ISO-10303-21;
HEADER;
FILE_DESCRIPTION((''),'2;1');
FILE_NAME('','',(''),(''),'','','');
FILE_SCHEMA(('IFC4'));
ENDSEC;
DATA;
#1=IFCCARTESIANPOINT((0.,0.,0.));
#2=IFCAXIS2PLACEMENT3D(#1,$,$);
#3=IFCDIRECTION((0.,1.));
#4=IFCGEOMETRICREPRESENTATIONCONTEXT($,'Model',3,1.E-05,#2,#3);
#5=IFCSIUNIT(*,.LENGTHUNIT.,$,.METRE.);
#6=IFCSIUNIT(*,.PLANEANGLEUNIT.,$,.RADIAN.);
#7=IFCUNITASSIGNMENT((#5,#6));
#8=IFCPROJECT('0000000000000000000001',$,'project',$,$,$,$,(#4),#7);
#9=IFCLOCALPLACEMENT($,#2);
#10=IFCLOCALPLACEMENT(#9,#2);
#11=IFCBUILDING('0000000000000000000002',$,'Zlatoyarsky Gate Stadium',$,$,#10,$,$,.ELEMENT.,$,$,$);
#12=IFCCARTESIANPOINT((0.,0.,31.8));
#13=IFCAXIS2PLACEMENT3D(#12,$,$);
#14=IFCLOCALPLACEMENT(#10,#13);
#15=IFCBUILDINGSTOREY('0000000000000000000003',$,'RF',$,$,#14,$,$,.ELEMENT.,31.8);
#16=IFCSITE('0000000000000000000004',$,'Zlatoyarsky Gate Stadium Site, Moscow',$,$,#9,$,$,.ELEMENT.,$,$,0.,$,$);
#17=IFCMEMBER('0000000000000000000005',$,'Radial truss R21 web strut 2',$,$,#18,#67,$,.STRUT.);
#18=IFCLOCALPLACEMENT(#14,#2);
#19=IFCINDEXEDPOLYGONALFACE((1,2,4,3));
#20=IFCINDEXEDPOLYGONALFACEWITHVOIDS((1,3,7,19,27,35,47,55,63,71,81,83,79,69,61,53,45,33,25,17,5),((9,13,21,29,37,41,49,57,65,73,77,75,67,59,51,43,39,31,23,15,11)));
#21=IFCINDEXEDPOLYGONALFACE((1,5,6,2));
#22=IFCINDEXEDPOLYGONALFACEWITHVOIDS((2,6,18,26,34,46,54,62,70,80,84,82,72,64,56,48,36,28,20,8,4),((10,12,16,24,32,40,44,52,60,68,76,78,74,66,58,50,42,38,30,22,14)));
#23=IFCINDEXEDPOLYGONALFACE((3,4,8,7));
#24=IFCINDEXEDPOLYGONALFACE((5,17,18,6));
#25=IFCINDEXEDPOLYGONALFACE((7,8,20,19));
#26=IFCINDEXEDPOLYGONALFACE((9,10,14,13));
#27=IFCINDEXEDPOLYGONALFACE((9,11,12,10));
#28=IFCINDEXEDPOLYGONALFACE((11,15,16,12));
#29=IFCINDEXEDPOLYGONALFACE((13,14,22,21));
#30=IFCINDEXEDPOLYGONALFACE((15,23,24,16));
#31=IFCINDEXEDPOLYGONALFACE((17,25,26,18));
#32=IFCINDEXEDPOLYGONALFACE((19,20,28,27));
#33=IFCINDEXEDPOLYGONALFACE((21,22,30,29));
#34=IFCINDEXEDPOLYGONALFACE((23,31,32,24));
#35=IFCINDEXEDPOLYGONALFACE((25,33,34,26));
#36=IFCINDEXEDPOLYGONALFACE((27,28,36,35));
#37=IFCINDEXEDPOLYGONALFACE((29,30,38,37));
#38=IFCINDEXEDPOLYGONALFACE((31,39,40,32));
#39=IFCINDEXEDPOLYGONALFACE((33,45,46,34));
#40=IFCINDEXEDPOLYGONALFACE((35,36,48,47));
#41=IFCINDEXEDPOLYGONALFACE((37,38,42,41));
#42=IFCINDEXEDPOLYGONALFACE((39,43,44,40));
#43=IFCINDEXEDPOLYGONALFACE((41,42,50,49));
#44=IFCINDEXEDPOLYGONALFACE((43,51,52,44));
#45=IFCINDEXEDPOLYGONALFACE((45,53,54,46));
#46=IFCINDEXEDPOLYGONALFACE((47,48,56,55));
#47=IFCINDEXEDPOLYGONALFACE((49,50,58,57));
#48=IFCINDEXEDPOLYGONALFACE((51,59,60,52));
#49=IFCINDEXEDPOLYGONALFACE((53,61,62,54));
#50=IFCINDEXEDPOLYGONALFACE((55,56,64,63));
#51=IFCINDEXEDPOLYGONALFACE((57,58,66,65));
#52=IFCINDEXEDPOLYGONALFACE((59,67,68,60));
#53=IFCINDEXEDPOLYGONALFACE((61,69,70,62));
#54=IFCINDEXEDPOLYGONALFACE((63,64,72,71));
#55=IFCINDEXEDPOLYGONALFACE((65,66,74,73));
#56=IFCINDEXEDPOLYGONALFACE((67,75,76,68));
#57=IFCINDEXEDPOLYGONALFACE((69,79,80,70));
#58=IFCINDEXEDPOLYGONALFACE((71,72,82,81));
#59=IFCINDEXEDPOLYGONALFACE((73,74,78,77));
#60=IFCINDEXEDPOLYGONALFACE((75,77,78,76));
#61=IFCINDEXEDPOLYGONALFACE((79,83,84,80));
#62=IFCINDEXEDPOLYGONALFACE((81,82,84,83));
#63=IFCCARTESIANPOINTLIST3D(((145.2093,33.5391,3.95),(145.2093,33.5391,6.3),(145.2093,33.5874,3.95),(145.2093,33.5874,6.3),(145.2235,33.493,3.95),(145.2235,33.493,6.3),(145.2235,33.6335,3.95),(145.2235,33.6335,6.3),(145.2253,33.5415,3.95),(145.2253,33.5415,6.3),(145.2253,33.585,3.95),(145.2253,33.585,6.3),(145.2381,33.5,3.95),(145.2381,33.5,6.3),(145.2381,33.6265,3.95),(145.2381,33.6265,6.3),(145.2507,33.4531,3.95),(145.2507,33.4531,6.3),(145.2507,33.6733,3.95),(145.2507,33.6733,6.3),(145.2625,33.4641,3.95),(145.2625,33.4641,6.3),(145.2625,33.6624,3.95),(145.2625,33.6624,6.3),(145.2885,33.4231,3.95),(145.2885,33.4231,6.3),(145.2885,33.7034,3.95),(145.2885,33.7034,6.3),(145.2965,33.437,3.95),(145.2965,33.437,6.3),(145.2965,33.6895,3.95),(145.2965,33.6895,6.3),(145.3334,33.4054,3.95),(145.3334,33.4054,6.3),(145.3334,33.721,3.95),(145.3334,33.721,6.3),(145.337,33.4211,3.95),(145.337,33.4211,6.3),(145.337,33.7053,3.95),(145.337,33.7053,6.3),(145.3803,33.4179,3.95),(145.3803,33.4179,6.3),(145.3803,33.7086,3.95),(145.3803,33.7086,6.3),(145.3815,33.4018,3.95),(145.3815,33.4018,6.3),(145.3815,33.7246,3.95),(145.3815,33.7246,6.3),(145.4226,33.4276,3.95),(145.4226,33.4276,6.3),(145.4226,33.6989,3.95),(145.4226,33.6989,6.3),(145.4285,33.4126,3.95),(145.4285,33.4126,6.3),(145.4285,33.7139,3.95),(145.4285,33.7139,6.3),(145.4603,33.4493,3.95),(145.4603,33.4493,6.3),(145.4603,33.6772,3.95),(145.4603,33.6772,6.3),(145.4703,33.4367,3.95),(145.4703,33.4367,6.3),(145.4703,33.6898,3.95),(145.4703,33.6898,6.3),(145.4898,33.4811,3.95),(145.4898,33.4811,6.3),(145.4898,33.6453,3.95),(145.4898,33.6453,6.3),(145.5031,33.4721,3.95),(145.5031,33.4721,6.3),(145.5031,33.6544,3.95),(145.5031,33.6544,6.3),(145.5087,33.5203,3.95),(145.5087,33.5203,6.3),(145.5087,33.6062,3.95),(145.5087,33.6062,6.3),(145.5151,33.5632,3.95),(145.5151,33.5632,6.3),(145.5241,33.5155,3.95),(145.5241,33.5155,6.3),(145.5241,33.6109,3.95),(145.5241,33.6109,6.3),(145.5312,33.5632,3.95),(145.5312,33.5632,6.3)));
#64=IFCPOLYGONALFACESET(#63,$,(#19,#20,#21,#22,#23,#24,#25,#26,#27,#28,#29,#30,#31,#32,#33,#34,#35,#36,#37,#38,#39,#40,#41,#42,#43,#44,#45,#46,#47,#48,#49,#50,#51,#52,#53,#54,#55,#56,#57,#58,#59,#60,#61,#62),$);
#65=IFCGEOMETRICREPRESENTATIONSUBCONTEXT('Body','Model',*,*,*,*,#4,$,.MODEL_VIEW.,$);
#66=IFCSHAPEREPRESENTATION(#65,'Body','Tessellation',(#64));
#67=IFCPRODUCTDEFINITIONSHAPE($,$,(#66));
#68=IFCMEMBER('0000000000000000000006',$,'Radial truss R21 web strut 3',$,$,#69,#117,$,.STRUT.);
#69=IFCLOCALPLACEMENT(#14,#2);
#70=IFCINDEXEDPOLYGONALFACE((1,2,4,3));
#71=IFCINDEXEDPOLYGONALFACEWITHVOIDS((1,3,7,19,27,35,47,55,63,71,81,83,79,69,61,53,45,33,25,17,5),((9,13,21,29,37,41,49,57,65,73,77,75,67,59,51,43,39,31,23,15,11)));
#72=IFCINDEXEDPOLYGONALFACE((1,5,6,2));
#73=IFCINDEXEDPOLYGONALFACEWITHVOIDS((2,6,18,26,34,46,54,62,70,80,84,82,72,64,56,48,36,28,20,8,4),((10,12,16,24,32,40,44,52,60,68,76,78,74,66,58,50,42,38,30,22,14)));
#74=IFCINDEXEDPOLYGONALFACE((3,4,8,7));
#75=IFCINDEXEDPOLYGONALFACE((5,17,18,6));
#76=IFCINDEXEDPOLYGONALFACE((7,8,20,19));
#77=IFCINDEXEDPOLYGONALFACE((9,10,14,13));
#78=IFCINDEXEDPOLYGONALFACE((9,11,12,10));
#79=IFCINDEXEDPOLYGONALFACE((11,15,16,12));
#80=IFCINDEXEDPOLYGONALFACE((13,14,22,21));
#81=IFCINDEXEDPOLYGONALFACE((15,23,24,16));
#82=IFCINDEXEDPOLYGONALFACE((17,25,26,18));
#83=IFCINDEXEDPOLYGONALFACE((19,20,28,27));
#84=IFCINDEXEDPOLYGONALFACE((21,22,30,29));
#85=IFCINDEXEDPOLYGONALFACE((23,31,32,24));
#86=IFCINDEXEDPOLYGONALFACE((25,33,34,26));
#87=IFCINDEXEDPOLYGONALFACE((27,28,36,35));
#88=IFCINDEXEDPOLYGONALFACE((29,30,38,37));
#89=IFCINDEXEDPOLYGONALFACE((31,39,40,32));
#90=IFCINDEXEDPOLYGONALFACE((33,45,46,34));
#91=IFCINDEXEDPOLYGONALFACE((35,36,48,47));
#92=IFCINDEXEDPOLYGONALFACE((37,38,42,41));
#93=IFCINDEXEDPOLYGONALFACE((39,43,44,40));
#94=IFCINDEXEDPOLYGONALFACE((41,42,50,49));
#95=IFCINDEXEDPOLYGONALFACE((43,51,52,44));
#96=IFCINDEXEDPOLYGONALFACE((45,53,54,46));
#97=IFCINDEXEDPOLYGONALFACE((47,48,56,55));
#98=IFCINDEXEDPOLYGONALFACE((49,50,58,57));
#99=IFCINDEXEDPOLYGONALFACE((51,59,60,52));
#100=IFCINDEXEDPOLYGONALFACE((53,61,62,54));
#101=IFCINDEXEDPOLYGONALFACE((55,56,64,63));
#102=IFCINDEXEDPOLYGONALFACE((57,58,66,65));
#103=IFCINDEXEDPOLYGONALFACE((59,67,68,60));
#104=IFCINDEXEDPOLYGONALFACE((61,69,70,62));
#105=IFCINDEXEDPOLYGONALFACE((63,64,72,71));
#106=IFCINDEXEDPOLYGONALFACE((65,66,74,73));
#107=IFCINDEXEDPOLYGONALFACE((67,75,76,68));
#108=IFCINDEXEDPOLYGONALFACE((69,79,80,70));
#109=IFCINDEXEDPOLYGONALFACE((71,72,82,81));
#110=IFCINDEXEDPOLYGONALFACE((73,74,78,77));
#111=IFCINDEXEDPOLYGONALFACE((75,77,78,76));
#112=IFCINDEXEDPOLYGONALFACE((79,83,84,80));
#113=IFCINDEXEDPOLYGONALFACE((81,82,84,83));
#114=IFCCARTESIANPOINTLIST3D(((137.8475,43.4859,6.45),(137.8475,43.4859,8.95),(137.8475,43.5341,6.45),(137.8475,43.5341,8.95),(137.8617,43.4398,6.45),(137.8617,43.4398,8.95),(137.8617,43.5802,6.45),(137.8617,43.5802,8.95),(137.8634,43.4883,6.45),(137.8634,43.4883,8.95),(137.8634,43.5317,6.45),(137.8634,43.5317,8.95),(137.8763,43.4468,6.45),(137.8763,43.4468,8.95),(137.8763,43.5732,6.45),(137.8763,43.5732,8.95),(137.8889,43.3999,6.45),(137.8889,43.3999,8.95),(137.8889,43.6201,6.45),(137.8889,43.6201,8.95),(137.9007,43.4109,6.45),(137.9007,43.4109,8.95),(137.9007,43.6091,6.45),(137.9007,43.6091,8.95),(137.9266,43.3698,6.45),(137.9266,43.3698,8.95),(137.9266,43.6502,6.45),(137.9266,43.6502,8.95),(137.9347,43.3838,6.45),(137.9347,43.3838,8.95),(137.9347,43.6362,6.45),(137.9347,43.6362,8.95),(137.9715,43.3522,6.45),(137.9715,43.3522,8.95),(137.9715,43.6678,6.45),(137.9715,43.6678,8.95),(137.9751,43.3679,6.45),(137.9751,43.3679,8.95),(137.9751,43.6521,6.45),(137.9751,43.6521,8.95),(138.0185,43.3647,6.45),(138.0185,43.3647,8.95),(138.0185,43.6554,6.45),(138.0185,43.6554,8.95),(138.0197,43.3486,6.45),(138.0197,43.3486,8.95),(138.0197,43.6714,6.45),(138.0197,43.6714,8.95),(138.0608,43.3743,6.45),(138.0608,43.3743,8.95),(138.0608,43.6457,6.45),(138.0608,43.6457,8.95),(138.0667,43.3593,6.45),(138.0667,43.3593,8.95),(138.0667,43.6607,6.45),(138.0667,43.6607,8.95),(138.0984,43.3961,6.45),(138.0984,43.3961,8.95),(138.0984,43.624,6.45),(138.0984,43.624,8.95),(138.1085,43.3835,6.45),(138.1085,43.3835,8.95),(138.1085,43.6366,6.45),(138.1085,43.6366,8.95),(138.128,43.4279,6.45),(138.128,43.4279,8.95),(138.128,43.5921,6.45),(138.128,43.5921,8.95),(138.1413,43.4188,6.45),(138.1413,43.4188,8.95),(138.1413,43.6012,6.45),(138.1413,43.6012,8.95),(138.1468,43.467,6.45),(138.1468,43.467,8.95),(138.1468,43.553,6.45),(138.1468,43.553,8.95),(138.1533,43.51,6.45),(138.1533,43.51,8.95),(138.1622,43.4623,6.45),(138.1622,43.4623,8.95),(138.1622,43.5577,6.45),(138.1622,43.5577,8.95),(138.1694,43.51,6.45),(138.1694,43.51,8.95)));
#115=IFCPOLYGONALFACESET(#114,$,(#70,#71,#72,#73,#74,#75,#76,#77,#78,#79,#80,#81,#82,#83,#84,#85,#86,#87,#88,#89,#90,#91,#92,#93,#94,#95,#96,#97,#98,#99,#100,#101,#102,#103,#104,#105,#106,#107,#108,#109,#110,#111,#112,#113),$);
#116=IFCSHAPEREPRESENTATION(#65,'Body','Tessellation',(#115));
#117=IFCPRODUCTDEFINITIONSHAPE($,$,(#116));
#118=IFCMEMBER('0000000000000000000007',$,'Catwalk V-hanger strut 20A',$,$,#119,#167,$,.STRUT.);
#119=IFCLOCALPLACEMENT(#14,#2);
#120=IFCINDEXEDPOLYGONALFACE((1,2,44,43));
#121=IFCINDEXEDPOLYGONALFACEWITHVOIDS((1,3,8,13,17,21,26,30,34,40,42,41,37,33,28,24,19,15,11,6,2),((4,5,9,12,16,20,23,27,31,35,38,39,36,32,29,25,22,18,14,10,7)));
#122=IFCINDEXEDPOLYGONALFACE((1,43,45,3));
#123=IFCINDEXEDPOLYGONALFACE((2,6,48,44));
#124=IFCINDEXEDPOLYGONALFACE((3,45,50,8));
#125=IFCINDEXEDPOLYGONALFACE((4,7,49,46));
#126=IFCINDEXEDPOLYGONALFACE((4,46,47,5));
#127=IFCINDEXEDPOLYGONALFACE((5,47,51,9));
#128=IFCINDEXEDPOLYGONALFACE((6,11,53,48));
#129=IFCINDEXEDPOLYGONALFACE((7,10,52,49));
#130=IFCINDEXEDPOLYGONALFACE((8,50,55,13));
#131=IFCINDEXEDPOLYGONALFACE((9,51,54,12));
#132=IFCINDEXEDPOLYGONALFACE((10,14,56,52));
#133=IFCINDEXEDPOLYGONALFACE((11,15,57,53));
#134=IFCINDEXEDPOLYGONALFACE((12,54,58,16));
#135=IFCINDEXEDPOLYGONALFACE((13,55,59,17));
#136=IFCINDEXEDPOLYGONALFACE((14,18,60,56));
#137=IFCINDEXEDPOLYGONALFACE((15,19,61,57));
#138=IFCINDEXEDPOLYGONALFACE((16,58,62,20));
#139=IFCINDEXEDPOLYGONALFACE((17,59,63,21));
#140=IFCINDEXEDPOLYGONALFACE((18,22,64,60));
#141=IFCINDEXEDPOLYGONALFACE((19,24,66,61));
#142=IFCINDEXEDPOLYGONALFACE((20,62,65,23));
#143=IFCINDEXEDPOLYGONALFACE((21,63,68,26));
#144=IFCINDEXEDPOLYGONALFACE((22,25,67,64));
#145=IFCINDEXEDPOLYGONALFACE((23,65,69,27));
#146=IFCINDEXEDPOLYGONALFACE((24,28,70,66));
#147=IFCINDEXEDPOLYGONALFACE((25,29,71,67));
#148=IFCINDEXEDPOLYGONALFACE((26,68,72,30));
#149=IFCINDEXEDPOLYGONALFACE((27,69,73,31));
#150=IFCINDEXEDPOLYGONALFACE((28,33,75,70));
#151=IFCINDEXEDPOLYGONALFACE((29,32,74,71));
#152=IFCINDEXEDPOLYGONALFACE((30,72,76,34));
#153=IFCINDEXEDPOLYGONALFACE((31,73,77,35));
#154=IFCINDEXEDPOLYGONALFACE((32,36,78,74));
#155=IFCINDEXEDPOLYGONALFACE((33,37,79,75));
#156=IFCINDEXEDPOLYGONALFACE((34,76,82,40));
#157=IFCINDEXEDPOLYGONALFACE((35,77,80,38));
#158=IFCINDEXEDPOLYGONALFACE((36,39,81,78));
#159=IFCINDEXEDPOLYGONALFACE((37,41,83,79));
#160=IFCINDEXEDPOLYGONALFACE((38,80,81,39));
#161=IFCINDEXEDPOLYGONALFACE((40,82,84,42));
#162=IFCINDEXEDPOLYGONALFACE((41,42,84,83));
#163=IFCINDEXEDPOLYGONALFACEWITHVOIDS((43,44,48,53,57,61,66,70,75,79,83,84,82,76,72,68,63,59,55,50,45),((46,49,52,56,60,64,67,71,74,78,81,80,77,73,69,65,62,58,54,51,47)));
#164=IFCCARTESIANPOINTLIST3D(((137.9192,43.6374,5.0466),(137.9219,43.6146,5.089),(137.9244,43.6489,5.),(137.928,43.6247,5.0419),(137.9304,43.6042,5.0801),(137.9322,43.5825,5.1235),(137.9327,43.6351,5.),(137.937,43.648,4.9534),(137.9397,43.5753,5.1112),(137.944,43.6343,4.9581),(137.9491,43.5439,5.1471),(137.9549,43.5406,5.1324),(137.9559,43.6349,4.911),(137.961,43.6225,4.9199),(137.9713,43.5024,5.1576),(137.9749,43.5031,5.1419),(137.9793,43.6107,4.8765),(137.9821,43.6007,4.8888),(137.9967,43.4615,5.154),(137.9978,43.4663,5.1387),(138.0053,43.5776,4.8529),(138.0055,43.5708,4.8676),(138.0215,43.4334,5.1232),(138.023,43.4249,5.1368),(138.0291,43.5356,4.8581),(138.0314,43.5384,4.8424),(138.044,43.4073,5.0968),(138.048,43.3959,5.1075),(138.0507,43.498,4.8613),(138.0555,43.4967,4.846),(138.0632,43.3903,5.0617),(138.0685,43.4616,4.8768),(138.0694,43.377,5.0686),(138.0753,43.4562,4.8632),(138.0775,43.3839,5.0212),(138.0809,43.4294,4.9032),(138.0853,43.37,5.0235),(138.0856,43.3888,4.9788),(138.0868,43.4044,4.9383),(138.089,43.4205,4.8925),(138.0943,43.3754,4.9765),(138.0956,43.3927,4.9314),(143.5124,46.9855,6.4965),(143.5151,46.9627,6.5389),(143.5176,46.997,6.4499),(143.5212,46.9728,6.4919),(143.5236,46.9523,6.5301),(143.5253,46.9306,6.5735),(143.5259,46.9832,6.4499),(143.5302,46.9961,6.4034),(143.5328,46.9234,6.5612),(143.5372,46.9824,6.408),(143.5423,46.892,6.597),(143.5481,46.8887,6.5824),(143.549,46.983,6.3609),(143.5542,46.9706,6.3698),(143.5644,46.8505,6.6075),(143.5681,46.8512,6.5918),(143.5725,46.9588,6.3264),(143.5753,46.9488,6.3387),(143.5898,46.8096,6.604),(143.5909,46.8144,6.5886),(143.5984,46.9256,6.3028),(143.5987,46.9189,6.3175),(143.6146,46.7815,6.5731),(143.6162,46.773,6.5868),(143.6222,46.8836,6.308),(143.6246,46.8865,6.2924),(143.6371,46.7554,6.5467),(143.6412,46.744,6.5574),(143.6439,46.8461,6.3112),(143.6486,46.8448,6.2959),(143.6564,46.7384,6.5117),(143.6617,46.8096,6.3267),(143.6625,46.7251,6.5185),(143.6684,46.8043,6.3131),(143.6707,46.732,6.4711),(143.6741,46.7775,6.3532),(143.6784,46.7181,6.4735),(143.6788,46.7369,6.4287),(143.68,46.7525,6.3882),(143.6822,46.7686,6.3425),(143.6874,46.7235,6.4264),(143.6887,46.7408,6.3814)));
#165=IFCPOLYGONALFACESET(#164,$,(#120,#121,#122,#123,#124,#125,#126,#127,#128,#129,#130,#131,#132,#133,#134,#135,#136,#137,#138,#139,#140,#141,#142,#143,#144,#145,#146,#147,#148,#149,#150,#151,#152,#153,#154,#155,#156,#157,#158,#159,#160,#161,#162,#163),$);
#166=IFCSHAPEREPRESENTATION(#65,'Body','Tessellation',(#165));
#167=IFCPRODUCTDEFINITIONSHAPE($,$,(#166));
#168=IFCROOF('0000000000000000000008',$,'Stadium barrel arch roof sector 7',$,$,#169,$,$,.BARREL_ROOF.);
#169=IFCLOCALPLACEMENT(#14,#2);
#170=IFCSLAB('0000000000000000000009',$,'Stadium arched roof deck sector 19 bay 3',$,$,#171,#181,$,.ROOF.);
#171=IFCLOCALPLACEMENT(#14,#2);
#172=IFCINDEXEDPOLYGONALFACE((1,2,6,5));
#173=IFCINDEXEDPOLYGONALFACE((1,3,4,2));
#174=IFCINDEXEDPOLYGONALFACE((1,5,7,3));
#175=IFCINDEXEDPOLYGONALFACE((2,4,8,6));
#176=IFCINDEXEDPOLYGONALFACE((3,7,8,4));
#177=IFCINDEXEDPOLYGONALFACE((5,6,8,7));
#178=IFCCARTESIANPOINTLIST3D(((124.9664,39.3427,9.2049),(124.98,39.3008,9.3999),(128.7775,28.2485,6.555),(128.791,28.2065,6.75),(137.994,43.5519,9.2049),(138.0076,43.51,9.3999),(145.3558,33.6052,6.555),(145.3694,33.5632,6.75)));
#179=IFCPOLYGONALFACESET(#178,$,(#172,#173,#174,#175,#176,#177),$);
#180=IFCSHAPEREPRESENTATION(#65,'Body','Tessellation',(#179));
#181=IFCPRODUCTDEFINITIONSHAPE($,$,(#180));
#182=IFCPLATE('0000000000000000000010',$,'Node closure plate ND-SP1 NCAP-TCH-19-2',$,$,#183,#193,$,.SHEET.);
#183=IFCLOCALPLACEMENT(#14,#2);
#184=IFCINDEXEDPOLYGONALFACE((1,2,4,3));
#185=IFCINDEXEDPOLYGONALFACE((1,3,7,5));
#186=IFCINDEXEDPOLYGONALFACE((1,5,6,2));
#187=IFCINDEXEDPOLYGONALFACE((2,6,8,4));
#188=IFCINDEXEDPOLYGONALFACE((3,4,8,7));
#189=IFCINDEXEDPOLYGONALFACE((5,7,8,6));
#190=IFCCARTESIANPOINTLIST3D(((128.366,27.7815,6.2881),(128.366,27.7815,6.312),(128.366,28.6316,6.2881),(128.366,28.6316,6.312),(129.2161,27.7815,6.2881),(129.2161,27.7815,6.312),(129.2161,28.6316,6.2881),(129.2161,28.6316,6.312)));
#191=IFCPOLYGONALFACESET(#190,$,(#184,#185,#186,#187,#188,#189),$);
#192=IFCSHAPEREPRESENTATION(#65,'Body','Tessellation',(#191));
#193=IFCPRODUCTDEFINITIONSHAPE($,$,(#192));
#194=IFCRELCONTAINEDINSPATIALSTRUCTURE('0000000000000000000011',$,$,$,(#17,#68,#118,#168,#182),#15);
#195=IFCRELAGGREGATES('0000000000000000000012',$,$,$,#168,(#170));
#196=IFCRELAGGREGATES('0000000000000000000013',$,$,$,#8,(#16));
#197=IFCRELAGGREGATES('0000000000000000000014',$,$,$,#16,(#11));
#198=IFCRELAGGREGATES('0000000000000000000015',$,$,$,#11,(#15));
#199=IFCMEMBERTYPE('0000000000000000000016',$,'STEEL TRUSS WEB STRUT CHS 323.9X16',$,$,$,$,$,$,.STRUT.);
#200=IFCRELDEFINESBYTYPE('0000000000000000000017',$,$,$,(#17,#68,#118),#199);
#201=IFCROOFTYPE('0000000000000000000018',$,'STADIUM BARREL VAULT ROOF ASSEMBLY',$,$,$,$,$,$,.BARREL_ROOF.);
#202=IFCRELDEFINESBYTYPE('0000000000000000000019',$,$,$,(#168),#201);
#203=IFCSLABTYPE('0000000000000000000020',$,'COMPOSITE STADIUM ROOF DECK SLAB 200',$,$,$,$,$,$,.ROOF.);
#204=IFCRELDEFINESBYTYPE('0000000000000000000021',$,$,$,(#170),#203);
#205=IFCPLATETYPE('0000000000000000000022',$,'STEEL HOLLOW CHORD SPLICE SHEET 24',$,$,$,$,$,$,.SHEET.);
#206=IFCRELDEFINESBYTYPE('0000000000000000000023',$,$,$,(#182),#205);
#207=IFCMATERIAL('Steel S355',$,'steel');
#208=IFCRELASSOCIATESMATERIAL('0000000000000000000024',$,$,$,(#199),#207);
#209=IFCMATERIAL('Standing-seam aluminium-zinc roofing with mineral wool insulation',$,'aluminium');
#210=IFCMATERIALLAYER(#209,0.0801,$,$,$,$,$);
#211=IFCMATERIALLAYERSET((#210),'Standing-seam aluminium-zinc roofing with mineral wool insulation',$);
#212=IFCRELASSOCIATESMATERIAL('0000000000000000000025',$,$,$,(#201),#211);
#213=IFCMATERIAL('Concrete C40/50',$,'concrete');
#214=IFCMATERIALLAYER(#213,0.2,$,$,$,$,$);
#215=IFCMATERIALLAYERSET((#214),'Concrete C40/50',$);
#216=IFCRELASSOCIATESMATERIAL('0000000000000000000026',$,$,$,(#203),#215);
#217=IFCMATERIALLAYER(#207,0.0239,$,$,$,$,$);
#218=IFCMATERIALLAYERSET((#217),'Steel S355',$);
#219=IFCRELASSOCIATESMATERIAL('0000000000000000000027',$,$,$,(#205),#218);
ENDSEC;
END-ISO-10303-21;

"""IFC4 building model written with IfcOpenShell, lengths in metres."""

from ifc_helpers import new_model, si_unit, direction, frame, origin, origin_2d, place, context, subcontext, project, spatial, polyline, rectangle, hollow_circle, outline, extrude, material, layer, layer_set, material_profile, profile_set, type_object, element, aggregate, save


model = new_model("IFC4")

# Units and contexts
model_context = context("Model", 3, precision=1e-05, world=origin(), true_north=direction((0.0, 1.0)))
body_context = subcontext(model_context, "Body", "Model", "MODEL_VIEW")
ifc_project = project(units=[si_unit("LENGTHUNIT", "METRE"), si_unit("PLANEANGLEUNIT", "RADIAN")], contexts=[model_context])

# Site, building, storey
site_placement = place(None, origin())
site = spatial("IfcSite", under=ifc_project, at=site_placement, Name="Zlatoyarsky Gate Stadium Site, Moscow", CompositionType="ELEMENT", RefElevation=0.0)
building_placement = place(site_placement, origin())
building = spatial("IfcBuilding", under=site, at=building_placement, Name="Zlatoyarsky Gate Stadium", CompositionType="ELEMENT")
storey_placement = place(building_placement, frame((0.0, 0.0, 31.8)))
storey = spatial("IfcBuildingStorey", under=building, at=storey_placement, Name="RF", CompositionType="ELEMENT", Elevation=31.8)

# Shared definitions
ifc_material_1 = material(Name="Steel S355", Category="steel")

# Members
ifc_material_profile_1 = material_profile(ifc_material_1, hollow_circle(Radius=0.1619, WallThickness=0.0161, at=origin_2d()), Name="CHS 323.9X16")
ifc_profile_set_1 = profile_set([ifc_material_profile_1], Name="Steel S355")
member_type_1 = type_object("IfcMemberType", Name="STEEL TRUSS WEB STRUT CHS 323.9X16", PredefinedType="STRUT", material=ifc_profile_set_1)
member_1_placement = place(storey_placement, frame((145.3694, 33.5632, 3.95), z_axis=(0.0, 0.0, 1.0), x_axis=(1.0, 0.0, 0.0)))
element("IfcMember", 1, at=member_1_placement, inside=storey, type_object=member_type_1, Name="Radial truss R21 web strut 2", PredefinedType="STRUT", context=body_context, shape_type="SweptSolid", body=[
    extrude(hollow_circle(Radius=0.1619, WallThickness=0.0161, at=origin_2d()), origin(), (0.0, 0.0, 1.0), 2.3501),
])
member_2_placement = place(storey_placement, frame((138.0076, 43.51, 6.45), z_axis=(0.0, 0.0, 1.0), x_axis=(1.0, 0.0, 0.0)))
element("IfcMember", 2, at=member_2_placement, inside=storey, type_object=member_type_1, Name="Radial truss R21 web strut 3", PredefinedType="STRUT", context=body_context, shape_type="SweptSolid", body=[
    extrude(hollow_circle(Radius=0.1619, WallThickness=0.0161, at=origin_2d()), origin(), (0.0, 0.0, 1.0), 2.5),
])
member_3_placement = place(storey_placement, frame((138.0076, 43.51, 5.0), z_axis=(0.837553, 0.501362, 0.21712), x_axis=(-0.513614, 0.858021, 0.0)))
element("IfcMember", 3, at=member_3_placement, inside=storey, type_object=member_type_1, Name="Catwalk V-hanger strut 20A", PredefinedType="STRUT", context=body_context, shape_type="SweptSolid", body=[
    extrude(hollow_circle(Radius=0.1619, WallThickness=0.0161, at=origin_2d()), origin(), (0.0, 0.0, 1.0), 6.678),
])

# Roof, slab
ifc_material_2 = material(Name="Standing-seam aluminium-zinc roofing with mineral wool insulation", Category="aluminium")
ifc_layer_1 = layer(ifc_material_2, 0.0801)
ifc_layer_set_1 = layer_set([ifc_layer_1], Name="Standing-seam aluminium-zinc roofing with mineral wool insulation")
roof_type = type_object("IfcRoofType", Name="STADIUM BARREL VAULT ROOF ASSEMBLY", PredefinedType="BARREL_ROOF", material=ifc_layer_set_1)
roof_placement = place(storey_placement, origin())
roof = element("IfcRoof", 4, at=roof_placement, inside=storey, type_object=roof_type, Name="Stadium barrel arch roof sector 7", PredefinedType="BARREL_ROOF")
ifc_material_3 = material(Name="Concrete C40/50", Category="concrete")
ifc_layer_2 = layer(ifc_material_3, 0.2)
ifc_layer_set_2 = layer_set([ifc_layer_2], Name="Concrete C40/50")
slab_type = type_object("IfcSlabType", Name="COMPOSITE STADIUM ROOF DECK SLAB 200", PredefinedType="ROOF", material=ifc_layer_set_2)
slab_placement = place(storey_placement, frame((128.791, 28.2065, 6.75), z_axis=(0.067758, -0.209707, 0.975414), x_axis=(0.951561, 0.307461, 0.000001)))
slab = element("IfcSlab", 5, at=slab_placement, type_object=slab_type, Name="Stadium arched roof deck sector 19 bay 3", PredefinedType="ROOF", context=body_context, shape_type="SweptSolid", body=[
    extrude(outline(polyline([(0.0, 0.0), (17.4223, 0.0), (13.4753, 12.0241), (-0.2154, 12.0242), (0.0, 0.0)])), origin(), (0.0, 0.0, -1.0), 0.2),
])

# Plate
ifc_layer_3 = layer(ifc_material_1, 0.0239)
ifc_layer_set_3 = layer_set([ifc_layer_3], Name="Steel S355")
plate_type_1 = type_object("IfcPlateType", Name="STEEL HOLLOW CHORD SPLICE SHEET 24", PredefinedType="SHEET", material=ifc_layer_set_3)
plate_1_placement = place(storey_placement, frame((128.791, 28.2065, 6.2881), z_axis=(0.0, 0.0, 1.0), x_axis=(1.0, 0.0, 0.0)))
element("IfcPlate", 6, at=plate_1_placement, inside=storey, type_object=plate_type_1, Name="Node closure plate ND-SP1 NCAP-TCH-19-2", PredefinedType="SHEET", context=body_context, shape_type="SweptSolid", body=[
    extrude(rectangle(XDim=0.8501, YDim=0.8501, at=origin_2d()), origin(), (0.0, 0.0, 1.0), 0.0239),
])

aggregate(roof, [slab])

save(model, "model.ifc")
